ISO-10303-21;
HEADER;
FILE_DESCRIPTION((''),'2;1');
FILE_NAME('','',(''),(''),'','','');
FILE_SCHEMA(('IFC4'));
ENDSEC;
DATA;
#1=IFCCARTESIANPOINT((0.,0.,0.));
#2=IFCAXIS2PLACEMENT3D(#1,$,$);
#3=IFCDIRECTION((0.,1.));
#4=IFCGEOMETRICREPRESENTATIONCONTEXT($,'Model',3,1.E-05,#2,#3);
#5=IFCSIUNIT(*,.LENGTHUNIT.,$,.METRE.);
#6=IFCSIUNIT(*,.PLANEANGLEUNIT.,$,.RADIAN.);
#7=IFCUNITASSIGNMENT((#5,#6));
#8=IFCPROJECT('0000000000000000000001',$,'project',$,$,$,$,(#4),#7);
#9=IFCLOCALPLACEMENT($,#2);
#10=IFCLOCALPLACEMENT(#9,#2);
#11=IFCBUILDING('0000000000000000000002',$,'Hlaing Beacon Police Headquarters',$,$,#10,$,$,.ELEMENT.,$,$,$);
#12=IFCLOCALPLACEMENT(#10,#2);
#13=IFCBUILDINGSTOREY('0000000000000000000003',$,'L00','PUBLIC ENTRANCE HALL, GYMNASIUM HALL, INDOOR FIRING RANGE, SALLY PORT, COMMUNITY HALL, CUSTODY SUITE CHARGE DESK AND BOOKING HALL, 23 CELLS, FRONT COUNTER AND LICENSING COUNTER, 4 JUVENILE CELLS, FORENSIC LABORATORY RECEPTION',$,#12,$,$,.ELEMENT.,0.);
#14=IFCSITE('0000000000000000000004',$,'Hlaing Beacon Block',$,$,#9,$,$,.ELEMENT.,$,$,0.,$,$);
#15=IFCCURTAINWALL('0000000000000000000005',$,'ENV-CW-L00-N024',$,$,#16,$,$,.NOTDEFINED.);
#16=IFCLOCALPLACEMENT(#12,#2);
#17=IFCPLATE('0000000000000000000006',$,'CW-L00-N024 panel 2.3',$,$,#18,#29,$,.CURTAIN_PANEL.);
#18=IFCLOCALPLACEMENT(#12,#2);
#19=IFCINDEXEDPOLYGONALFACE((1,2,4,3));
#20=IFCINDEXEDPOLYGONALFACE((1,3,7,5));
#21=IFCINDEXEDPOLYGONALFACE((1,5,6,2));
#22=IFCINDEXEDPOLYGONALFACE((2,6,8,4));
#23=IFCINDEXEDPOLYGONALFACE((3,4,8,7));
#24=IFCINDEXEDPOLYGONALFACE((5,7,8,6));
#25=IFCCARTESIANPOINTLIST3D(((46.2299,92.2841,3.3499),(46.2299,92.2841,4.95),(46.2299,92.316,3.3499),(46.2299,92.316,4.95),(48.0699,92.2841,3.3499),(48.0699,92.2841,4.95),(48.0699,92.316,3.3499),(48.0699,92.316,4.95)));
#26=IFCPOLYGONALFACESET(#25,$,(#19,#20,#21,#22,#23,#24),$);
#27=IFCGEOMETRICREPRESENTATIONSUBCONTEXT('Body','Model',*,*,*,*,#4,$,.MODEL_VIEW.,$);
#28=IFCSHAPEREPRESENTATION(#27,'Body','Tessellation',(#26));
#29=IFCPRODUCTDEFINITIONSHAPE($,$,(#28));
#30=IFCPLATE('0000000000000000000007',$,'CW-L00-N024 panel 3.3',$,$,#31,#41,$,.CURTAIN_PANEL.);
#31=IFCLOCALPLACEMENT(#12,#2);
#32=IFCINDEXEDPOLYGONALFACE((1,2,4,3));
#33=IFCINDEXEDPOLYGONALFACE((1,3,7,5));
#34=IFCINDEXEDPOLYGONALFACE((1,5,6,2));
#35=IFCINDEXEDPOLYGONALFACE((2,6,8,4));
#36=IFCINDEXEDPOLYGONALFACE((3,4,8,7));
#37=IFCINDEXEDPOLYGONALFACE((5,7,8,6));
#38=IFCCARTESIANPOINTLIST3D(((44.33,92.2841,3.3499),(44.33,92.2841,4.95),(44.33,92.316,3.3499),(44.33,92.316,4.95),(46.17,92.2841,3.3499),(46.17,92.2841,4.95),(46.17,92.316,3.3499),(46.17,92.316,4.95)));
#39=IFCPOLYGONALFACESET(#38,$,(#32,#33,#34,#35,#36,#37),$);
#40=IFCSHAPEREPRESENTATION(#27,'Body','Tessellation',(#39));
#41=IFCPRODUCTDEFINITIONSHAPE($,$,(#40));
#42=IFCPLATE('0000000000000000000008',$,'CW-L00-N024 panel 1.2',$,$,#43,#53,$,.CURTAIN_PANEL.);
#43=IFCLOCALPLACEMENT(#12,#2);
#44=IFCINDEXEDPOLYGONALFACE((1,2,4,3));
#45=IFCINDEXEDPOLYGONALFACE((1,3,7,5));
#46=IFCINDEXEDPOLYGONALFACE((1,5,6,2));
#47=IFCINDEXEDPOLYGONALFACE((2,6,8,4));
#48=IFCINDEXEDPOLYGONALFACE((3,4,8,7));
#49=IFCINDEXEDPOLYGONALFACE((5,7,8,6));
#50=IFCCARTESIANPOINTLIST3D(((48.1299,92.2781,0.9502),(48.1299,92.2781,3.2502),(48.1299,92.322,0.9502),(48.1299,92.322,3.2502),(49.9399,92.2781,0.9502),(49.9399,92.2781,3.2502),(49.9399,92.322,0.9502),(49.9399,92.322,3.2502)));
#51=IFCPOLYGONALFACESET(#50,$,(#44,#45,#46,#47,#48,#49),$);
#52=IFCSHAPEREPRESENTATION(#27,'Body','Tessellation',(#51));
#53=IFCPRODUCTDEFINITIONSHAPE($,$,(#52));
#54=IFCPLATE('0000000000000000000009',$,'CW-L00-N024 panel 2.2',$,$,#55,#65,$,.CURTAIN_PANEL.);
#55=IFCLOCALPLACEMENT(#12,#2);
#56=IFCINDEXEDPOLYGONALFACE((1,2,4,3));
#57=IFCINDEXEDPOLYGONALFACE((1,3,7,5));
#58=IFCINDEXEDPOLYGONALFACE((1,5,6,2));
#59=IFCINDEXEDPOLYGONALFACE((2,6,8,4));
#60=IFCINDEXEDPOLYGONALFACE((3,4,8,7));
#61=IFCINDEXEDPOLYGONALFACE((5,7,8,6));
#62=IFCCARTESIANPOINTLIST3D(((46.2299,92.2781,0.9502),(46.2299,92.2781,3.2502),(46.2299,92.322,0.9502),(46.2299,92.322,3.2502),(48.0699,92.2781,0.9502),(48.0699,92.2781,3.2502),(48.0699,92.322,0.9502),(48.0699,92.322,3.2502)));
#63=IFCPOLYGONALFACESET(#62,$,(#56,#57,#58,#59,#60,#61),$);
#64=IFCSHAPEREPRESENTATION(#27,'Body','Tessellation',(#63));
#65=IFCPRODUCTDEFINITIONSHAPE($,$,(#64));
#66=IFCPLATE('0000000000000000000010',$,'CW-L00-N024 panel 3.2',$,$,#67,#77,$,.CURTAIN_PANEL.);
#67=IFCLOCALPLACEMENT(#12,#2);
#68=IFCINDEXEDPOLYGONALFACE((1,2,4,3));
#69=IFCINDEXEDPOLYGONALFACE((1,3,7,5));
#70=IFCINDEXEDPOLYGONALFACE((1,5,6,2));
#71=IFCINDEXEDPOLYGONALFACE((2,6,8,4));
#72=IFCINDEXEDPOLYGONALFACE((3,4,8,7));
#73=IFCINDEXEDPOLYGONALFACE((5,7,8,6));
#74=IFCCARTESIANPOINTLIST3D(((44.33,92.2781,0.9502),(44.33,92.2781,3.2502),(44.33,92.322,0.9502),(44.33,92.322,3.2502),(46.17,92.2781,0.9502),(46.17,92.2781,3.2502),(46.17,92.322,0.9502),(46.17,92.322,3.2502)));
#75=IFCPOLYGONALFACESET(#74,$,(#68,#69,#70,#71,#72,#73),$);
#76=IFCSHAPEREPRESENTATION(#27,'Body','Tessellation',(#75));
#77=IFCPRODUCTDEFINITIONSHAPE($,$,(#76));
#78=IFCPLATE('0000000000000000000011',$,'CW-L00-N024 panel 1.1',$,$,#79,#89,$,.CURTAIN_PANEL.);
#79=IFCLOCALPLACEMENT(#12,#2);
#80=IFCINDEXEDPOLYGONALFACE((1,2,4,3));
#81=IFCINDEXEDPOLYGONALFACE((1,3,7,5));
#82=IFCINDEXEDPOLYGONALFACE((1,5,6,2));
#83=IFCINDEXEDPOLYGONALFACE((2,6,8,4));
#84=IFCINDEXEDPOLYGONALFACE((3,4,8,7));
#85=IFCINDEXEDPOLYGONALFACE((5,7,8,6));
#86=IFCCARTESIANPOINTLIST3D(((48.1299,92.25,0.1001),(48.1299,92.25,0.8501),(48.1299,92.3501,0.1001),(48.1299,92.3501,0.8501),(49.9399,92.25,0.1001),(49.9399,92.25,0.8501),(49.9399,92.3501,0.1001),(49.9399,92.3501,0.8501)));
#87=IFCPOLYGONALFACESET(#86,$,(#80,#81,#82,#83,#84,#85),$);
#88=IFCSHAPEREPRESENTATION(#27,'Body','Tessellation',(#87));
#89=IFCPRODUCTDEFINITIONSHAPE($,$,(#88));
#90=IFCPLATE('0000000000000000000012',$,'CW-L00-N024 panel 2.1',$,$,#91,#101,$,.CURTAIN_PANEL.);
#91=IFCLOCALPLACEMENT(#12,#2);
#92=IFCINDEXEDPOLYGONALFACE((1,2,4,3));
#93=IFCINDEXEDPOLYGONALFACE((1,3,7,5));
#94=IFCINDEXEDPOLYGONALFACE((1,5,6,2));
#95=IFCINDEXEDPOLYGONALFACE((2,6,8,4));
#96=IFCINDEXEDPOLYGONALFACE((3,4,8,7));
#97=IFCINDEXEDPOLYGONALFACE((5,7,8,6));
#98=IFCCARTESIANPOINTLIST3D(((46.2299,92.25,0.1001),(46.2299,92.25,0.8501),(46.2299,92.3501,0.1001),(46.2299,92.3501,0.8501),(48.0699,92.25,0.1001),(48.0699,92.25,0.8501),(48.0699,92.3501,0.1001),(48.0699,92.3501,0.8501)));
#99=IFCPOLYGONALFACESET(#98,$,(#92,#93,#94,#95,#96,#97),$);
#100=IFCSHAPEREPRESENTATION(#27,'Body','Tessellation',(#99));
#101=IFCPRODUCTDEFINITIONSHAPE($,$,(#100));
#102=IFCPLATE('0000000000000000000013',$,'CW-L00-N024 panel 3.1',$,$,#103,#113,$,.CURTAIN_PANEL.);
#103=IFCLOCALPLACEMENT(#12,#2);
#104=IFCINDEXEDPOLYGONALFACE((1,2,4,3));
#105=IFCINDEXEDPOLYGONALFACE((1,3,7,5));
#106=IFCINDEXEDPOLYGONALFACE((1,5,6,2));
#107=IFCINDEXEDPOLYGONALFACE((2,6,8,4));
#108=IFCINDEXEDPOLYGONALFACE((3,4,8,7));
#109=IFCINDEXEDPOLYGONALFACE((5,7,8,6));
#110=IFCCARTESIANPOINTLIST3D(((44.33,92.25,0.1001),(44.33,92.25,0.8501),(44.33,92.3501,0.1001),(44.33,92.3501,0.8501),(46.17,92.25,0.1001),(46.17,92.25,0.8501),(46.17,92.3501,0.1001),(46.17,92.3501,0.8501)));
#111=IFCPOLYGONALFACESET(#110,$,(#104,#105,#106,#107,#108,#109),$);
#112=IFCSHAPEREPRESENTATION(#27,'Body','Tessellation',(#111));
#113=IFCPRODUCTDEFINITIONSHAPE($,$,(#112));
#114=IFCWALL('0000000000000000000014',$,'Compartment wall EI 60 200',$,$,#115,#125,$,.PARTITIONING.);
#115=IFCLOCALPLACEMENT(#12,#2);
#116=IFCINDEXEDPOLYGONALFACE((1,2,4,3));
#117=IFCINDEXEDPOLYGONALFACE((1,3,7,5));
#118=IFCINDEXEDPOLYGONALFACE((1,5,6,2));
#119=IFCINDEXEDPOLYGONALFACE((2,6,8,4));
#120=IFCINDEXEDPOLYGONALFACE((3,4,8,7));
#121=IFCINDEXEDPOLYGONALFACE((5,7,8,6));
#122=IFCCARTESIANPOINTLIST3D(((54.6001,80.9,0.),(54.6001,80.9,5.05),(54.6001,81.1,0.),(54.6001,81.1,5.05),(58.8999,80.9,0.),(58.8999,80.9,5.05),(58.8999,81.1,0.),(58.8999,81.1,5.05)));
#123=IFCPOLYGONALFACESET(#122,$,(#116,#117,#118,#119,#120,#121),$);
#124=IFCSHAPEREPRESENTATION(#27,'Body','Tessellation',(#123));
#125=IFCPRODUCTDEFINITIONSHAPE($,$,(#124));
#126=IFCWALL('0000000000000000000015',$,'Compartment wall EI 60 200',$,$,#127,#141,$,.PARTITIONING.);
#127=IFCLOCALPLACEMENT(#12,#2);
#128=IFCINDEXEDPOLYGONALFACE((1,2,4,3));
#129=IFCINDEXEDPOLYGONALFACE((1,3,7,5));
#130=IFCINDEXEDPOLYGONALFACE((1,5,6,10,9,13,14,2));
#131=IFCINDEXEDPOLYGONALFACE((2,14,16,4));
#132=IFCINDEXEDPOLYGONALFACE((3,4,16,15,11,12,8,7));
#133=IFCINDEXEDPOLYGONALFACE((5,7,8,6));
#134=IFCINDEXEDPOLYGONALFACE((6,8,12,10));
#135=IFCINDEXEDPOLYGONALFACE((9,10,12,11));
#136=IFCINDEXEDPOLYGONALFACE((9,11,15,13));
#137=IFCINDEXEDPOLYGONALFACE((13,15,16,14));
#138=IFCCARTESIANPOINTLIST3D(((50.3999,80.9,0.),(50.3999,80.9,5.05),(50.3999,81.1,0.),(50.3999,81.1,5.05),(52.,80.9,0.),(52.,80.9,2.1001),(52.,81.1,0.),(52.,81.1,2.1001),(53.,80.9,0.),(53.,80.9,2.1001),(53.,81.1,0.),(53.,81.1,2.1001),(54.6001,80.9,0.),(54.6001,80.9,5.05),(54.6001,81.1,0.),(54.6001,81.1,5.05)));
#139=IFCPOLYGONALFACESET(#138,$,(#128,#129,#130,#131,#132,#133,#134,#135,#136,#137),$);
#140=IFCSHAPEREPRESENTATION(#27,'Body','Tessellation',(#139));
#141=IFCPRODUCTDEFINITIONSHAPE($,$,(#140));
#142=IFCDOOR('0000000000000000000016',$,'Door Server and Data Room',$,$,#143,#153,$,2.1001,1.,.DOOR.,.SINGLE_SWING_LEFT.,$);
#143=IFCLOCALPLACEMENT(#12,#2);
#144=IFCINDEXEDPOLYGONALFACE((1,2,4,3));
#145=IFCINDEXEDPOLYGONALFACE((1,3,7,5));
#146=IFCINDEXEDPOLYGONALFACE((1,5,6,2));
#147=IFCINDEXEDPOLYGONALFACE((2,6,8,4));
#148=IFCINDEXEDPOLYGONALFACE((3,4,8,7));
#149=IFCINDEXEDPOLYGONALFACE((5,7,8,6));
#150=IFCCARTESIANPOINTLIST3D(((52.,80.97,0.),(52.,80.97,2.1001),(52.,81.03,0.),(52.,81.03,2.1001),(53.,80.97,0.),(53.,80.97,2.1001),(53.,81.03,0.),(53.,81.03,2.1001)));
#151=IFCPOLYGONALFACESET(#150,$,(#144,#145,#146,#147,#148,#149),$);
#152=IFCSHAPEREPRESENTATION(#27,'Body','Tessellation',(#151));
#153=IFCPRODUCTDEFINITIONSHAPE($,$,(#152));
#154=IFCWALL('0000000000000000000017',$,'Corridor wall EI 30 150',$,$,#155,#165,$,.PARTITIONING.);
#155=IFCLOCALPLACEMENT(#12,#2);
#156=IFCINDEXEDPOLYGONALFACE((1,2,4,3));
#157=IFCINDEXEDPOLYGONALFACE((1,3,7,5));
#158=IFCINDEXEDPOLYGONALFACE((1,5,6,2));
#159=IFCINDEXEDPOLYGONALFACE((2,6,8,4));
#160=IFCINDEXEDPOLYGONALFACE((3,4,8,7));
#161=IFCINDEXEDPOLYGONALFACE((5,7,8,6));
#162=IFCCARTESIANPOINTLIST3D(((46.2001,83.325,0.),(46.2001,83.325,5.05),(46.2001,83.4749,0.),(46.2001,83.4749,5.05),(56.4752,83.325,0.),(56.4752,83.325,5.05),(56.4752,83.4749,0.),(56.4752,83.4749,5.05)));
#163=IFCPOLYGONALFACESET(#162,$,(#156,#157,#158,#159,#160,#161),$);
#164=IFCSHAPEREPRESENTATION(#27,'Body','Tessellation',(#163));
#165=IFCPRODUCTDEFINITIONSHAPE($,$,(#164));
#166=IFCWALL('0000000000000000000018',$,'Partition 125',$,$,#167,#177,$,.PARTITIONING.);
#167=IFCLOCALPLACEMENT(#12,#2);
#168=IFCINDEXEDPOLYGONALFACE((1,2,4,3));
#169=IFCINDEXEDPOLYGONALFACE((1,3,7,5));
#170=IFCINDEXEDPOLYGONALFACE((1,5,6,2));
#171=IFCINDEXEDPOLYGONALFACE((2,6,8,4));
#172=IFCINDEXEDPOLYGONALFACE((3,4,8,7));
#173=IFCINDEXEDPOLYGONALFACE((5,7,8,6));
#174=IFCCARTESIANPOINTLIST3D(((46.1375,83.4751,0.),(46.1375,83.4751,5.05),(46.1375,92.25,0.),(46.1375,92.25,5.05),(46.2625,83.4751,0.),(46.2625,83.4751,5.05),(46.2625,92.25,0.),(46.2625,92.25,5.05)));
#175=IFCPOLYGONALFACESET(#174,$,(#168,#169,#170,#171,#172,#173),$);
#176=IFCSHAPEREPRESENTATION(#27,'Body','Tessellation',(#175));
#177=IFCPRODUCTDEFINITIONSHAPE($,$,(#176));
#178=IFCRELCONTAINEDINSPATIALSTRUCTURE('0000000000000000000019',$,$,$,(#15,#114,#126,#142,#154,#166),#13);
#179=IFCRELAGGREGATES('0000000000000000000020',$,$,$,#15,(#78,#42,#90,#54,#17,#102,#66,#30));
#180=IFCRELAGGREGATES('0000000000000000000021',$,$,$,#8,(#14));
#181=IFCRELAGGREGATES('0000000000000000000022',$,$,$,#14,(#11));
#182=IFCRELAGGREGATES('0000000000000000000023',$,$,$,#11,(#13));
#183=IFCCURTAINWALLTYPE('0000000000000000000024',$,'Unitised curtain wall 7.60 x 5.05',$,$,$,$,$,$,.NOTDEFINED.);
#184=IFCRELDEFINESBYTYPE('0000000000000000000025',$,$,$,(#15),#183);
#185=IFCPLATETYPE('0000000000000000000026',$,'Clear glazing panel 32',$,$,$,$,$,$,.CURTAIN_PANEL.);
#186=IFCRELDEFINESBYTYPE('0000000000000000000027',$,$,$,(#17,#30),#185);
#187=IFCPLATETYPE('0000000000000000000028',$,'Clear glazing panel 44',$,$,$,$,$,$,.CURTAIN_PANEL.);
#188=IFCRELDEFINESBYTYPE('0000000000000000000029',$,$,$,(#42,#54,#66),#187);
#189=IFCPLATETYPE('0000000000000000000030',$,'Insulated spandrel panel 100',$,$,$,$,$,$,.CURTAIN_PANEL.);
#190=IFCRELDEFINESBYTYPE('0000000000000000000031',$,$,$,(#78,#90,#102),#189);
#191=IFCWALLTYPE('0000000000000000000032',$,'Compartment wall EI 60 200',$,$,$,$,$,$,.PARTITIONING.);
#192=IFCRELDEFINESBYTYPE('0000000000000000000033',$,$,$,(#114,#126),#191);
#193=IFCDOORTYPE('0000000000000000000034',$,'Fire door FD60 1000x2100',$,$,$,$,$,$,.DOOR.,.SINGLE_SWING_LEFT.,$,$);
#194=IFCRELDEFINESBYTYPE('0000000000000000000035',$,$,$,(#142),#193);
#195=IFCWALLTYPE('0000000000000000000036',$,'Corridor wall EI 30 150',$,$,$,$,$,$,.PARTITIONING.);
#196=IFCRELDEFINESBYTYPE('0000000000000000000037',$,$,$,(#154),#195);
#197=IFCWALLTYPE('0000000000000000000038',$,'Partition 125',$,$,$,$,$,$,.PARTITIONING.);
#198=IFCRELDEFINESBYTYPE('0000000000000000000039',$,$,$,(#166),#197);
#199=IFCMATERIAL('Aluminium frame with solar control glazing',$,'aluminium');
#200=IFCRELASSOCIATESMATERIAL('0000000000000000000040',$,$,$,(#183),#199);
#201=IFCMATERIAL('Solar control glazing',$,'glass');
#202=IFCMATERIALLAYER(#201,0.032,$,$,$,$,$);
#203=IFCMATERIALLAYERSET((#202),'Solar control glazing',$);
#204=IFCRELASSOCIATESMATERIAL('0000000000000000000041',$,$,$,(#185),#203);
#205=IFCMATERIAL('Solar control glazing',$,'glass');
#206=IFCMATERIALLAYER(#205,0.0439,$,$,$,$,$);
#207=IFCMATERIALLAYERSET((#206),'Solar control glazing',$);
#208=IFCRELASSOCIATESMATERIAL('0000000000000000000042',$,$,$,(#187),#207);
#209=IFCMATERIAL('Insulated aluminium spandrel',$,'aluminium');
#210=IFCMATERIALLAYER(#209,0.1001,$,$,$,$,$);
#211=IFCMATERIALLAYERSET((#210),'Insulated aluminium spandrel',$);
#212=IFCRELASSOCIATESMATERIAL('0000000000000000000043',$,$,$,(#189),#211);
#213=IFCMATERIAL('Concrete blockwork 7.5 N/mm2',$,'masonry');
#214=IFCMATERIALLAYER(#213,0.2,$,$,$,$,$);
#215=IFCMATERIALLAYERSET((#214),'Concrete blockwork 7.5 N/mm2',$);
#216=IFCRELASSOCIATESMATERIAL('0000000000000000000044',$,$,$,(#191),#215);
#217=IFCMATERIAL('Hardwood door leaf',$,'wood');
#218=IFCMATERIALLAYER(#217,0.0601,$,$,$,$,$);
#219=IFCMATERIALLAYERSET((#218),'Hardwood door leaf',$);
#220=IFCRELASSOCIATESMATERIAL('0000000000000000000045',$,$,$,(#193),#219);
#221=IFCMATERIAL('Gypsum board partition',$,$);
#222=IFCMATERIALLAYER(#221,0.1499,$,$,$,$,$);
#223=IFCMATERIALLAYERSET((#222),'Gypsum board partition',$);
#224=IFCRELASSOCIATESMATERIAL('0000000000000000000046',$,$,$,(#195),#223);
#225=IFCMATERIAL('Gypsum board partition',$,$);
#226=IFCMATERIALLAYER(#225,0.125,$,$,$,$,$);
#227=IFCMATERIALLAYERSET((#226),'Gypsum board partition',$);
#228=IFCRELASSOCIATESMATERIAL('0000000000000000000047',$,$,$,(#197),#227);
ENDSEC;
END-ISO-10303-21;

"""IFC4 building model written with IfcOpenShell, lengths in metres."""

from ifc_helpers import new_model, si_unit, direction, frame, frame_2d, origin, origin_2d, place, context, subcontext, project, spatial, rectangle, extrude, material, layer, layer_set, type_object, element, fill, aggregate, save


model = new_model("IFC4")

# Units and contexts
model_context = context("Model", 3, precision=1e-05, world=origin(), true_north=direction((0.0, 1.0)))
body_context = subcontext(model_context, "Body", "Model", "MODEL_VIEW")
ifc_project = project(units=[si_unit("LENGTHUNIT", "METRE"), si_unit("PLANEANGLEUNIT", "RADIAN")], contexts=[model_context])

# Site, building, storey
site_placement = place(None, origin())
site = spatial("IfcSite", under=ifc_project, at=site_placement, Name="Hlaing Beacon Block", CompositionType="ELEMENT", RefElevation=0.0)
building_placement = place(site_placement, origin())
building = spatial("IfcBuilding", under=site, at=building_placement, Name="Hlaing Beacon Police Headquarters", CompositionType="ELEMENT")
storey_placement = place(building_placement, origin())
storey = spatial("IfcBuildingStorey", under=building, at=storey_placement, Name="L00", Description="PUBLIC ENTRANCE HALL, GYMNASIUM HALL, INDOOR FIRING RANGE, SALLY PORT, COMMUNITY HALL, CUSTODY SUITE CHARGE DESK AND BOOKING HALL, 23 CELLS, FRONT COUNTER AND LICENSING COUNTER, 4 JUVENILE CELLS, FORENSIC LABORATORY RECEPTION", CompositionType="ELEMENT", Elevation=0.0)

# Curtain wall, plates
ifc_material_1 = material(Name="Aluminium frame with solar control glazing", Category="aluminium")
curtain_wall_type = type_object("IfcCurtainWallType", Name="Unitised curtain wall 7.60 x 5.05", PredefinedType="NOTDEFINED", material=ifc_material_1)
curtain_wall_placement = place(storey_placement, origin())
curtain_wall = element("IfcCurtainWall", 1, at=curtain_wall_placement, inside=storey, type_object=curtain_wall_type, Name="ENV-CW-L00-N024", PredefinedType="NOTDEFINED")
ifc_material_2 = material(Name="Solar control glazing", Category="glass")
ifc_layer_1 = layer(ifc_material_2, 0.032)
ifc_layer_set_1 = layer_set([ifc_layer_1], Name="Solar control glazing")
plate_type_1 = type_object("IfcPlateType", Name="Clear glazing panel 32", PredefinedType="CURTAIN_PANEL", material=ifc_layer_set_1)
plate_1_placement = place(storey_placement, frame((47.1499, 92.3, 3.3499), z_axis=(0.0, 0.0, 1.0), x_axis=(-1.0, 0.0, 0.0)))
plate_1 = element("IfcPlate", 2, at=plate_1_placement, type_object=plate_type_1, Name="CW-L00-N024 panel 2.3", PredefinedType="CURTAIN_PANEL", context=body_context, shape_type="SweptSolid", body=[
    extrude(rectangle(XDim=1.8401, YDim=0.032, at=origin_2d()), origin(), (0.0, 0.0, 1.0), 1.6001),
])
plate_2_placement = place(storey_placement, frame((45.25, 92.3, 3.3499), z_axis=(0.0, 0.0, 1.0), x_axis=(-1.0, 0.0, 0.0)))
plate_2 = element("IfcPlate", 3, at=plate_2_placement, type_object=plate_type_1, Name="CW-L00-N024 panel 3.3", PredefinedType="CURTAIN_PANEL", context=body_context, shape_type="SweptSolid", body=[
    extrude(rectangle(XDim=1.8401, YDim=0.032, at=origin_2d()), origin(), (0.0, 0.0, 1.0), 1.6001),
])
ifc_material_3 = material(Name="Solar control glazing", Category="glass")
ifc_layer_2 = layer(ifc_material_3, 0.0439)
ifc_layer_set_2 = layer_set([ifc_layer_2], Name="Solar control glazing")
plate_type_2 = type_object("IfcPlateType", Name="Clear glazing panel 44", PredefinedType="CURTAIN_PANEL", material=ifc_layer_set_2)
plate_3_placement = place(storey_placement, frame((49.0349, 92.3, 0.9502), z_axis=(0.0, 0.0, 1.0), x_axis=(-1.0, 0.0, 0.0)))
plate_3 = element("IfcPlate", 4, at=plate_3_placement, type_object=plate_type_2, Name="CW-L00-N024 panel 1.2", PredefinedType="CURTAIN_PANEL", context=body_context, shape_type="SweptSolid", body=[
    extrude(rectangle(XDim=1.8101, YDim=0.0439, at=origin_2d()), origin(), (0.0, 0.0, 1.0), 2.3),
])
plate_4_placement = place(storey_placement, frame((47.1499, 92.3, 0.9502), z_axis=(0.0, 0.0, 1.0), x_axis=(-1.0, 0.0, 0.0)))
plate_4 = element("IfcPlate", 5, at=plate_4_placement, type_object=plate_type_2, Name="CW-L00-N024 panel 2.2", PredefinedType="CURTAIN_PANEL", context=body_context, shape_type="SweptSolid", body=[
    extrude(rectangle(XDim=1.8401, YDim=0.0439, at=origin_2d()), origin(), (0.0, 0.0, 1.0), 2.3),
])
plate_5_placement = place(storey_placement, frame((45.25, 92.3, 0.9502), z_axis=(0.0, 0.0, 1.0), x_axis=(-1.0, 0.0, 0.0)))
plate_5 = element("IfcPlate", 6, at=plate_5_placement, type_object=plate_type_2, Name="CW-L00-N024 panel 3.2", PredefinedType="CURTAIN_PANEL", context=body_context, shape_type="SweptSolid", body=[
    extrude(rectangle(XDim=1.8401, YDim=0.0439, at=origin_2d()), origin(), (0.0, 0.0, 1.0), 2.3),
])
ifc_material_4 = material(Name="Insulated aluminium spandrel", Category="aluminium")
ifc_layer_3 = layer(ifc_material_4, 0.1001)
ifc_layer_set_3 = layer_set([ifc_layer_3], Name="Insulated aluminium spandrel")
plate_type_3 = type_object("IfcPlateType", Name="Insulated spandrel panel 100", PredefinedType="CURTAIN_PANEL", material=ifc_layer_set_3)
plate_6_placement = place(storey_placement, frame((49.0349, 92.3, 0.1001), z_axis=(0.0, 0.0, 1.0), x_axis=(-1.0, 0.0, 0.0)))
plate_6 = element("IfcPlate", 7, at=plate_6_placement, type_object=plate_type_3, Name="CW-L00-N024 panel 1.1", PredefinedType="CURTAIN_PANEL", context=body_context, shape_type="SweptSolid", body=[
    extrude(rectangle(XDim=1.8101, YDim=0.1001, at=origin_2d()), origin(), (0.0, 0.0, 1.0), 0.75),
])
plate_7_placement = place(storey_placement, frame((47.1499, 92.3, 0.1001), z_axis=(0.0, 0.0, 1.0), x_axis=(-1.0, 0.0, 0.0)))
plate_7 = element("IfcPlate", 8, at=plate_7_placement, type_object=plate_type_3, Name="CW-L00-N024 panel 2.1", PredefinedType="CURTAIN_PANEL", context=body_context, shape_type="SweptSolid", body=[
    extrude(rectangle(XDim=1.8401, YDim=0.1001, at=origin_2d()), origin(), (0.0, 0.0, 1.0), 0.75),
])
plate_8_placement = place(storey_placement, frame((45.25, 92.3, 0.1001), z_axis=(0.0, 0.0, 1.0), x_axis=(-1.0, 0.0, 0.0)))
plate_8 = element("IfcPlate", 9, at=plate_8_placement, type_object=plate_type_3, Name="CW-L00-N024 panel 3.1", PredefinedType="CURTAIN_PANEL", context=body_context, shape_type="SweptSolid", body=[
    extrude(rectangle(XDim=1.8401, YDim=0.1001, at=origin_2d()), origin(), (0.0, 0.0, 1.0), 0.75),
])
aggregate(curtain_wall, [plate_6, plate_3, plate_7, plate_4, plate_1, plate_8, plate_5, plate_2])

# Wall
ifc_material_5 = material(Name="Concrete blockwork 7.5 N/mm2", Category="masonry")
ifc_layer_4 = layer(ifc_material_5, 0.2)
ifc_layer_set_4 = layer_set([ifc_layer_4], Name="Concrete blockwork 7.5 N/mm2")
wall_type_1 = type_object("IfcWallType", Name="Compartment wall EI 60 200", PredefinedType="PARTITIONING", material=ifc_layer_set_4)
wall_1_placement = place(storey_placement, frame((54.6001, 81.0, 0.0), z_axis=(0.0, 0.0, 1.0), x_axis=(1.0, 0.0, 0.0)))
element("IfcWall", 10, at=wall_1_placement, inside=storey, type_object=wall_type_1, Name="Compartment wall EI 60 200", PredefinedType="PARTITIONING", context=body_context, shape_type="SweptSolid", body=[
    extrude(rectangle(XDim=4.2998, YDim=0.2, at=frame_2d((2.1499, 0.0))), origin(), (0.0, 0.0, 1.0), 5.05),
])

# Wall, opening, door
wall_2_placement = place(storey_placement, frame((50.3999, 81.0, 0.0), z_axis=(0.0, 0.0, 1.0), x_axis=(1.0, 0.0, 0.0)))
wall_2 = element("IfcWall", 11, at=wall_2_placement, inside=storey, type_object=wall_type_1, Name="Compartment wall EI 60 200", PredefinedType="PARTITIONING", context=body_context, shape_type="SweptSolid", body=[
    extrude(rectangle(XDim=4.2002, YDim=0.2, at=frame_2d((2.1001, 0.0))), origin(), (0.0, 0.0, 1.0), 5.05),
])
opening_placement = place(wall_2_placement, frame((1.6001, 0.0, 0.0)))
opening = element("IfcOpeningElement", 12, at=opening_placement, cuts=wall_2, PredefinedType="OPENING", context=body_context, shape_type="SweptSolid", body=[
    extrude(rectangle(XDim=1.0, YDim=2.1001, at=frame_2d((0.5, 1.05))), frame((0.0, 0.1099, 0.0), z_axis=(0.0, -1.0, 0.0), x_axis=(1.0, 0.0, 0.0)), (0.0, 0.0, 1.0), 0.22),
])
ifc_material_6 = material(Name="Hardwood door leaf", Category="wood")
ifc_layer_5 = layer(ifc_material_6, 0.0601)
ifc_layer_set_5 = layer_set([ifc_layer_5], Name="Hardwood door leaf")
door_type = type_object("IfcDoorType", Name="Fire door FD60 1000x2100", OperationType="SINGLE_SWING_LEFT", PredefinedType="DOOR", material=ifc_layer_set_5)
door_placement = place(opening_placement, frame((1.0, 0.0, 0.0), z_axis=(0.0, 0.0, 1.0), x_axis=(-1.0, 0.0, 0.0)))
door = element("IfcDoor", 13, at=door_placement, inside=storey, type_object=door_type, Name="Door Server and Data Room", OperationType="SINGLE_SWING_LEFT", OverallHeight=2.1001, OverallWidth=1.0, PredefinedType="DOOR", context=body_context, shape_type="SweptSolid", body=[
    extrude(rectangle(XDim=1.0, YDim=2.1001, at=frame_2d((0.5, 1.05))), frame((0.0, 0.03, 0.0), z_axis=(0.0, -1.0, 0.0), x_axis=(1.0, 0.0, 0.0)), (0.0, 0.0, 1.0), 0.0601),
])
fill(opening, door)

# Walls
ifc_material_7 = material(Name="Gypsum board partition")
ifc_layer_6 = layer(ifc_material_7, 0.1499)
ifc_layer_set_6 = layer_set([ifc_layer_6], Name="Gypsum board partition")
wall_type_2 = type_object("IfcWallType", Name="Corridor wall EI 30 150", PredefinedType="PARTITIONING", material=ifc_layer_set_6)
wall_3_placement = place(storey_placement, frame((46.2, 83.3999, 0.0), z_axis=(0.0, 0.0, 1.0), x_axis=(1.0, 0.0, 0.0)))
element("IfcWall", 14, at=wall_3_placement, inside=storey, type_object=wall_type_2, Name="Corridor wall EI 30 150", PredefinedType="PARTITIONING", context=body_context, shape_type="SweptSolid", body=[
    extrude(rectangle(XDim=10.2751, YDim=0.1499, at=frame_2d((5.1377, 0.0))), origin(), (0.0, 0.0, 1.0), 5.05),
])
ifc_material_8 = material(Name="Gypsum board partition")
ifc_layer_7 = layer(ifc_material_8, 0.125)
ifc_layer_set_7 = layer_set([ifc_layer_7], Name="Gypsum board partition")
wall_type_3 = type_object("IfcWallType", Name="Partition 125", PredefinedType="PARTITIONING", material=ifc_layer_set_7)
wall_4_placement = place(storey_placement, frame((46.2, 83.4751, 0.0), z_axis=(0.0, 0.0, 1.0), x_axis=(0.0, 1.0, 0.0)))
element("IfcWall", 15, at=wall_4_placement, inside=storey, type_object=wall_type_3, Name="Partition 125", PredefinedType="PARTITIONING", context=body_context, shape_type="SweptSolid", body=[
    extrude(rectangle(XDim=8.7749, YDim=0.125, at=frame_2d((4.3875, 0.0))), origin(), (0.0, 0.0, 1.0), 5.05),
])

save(model, "model.ifc")
